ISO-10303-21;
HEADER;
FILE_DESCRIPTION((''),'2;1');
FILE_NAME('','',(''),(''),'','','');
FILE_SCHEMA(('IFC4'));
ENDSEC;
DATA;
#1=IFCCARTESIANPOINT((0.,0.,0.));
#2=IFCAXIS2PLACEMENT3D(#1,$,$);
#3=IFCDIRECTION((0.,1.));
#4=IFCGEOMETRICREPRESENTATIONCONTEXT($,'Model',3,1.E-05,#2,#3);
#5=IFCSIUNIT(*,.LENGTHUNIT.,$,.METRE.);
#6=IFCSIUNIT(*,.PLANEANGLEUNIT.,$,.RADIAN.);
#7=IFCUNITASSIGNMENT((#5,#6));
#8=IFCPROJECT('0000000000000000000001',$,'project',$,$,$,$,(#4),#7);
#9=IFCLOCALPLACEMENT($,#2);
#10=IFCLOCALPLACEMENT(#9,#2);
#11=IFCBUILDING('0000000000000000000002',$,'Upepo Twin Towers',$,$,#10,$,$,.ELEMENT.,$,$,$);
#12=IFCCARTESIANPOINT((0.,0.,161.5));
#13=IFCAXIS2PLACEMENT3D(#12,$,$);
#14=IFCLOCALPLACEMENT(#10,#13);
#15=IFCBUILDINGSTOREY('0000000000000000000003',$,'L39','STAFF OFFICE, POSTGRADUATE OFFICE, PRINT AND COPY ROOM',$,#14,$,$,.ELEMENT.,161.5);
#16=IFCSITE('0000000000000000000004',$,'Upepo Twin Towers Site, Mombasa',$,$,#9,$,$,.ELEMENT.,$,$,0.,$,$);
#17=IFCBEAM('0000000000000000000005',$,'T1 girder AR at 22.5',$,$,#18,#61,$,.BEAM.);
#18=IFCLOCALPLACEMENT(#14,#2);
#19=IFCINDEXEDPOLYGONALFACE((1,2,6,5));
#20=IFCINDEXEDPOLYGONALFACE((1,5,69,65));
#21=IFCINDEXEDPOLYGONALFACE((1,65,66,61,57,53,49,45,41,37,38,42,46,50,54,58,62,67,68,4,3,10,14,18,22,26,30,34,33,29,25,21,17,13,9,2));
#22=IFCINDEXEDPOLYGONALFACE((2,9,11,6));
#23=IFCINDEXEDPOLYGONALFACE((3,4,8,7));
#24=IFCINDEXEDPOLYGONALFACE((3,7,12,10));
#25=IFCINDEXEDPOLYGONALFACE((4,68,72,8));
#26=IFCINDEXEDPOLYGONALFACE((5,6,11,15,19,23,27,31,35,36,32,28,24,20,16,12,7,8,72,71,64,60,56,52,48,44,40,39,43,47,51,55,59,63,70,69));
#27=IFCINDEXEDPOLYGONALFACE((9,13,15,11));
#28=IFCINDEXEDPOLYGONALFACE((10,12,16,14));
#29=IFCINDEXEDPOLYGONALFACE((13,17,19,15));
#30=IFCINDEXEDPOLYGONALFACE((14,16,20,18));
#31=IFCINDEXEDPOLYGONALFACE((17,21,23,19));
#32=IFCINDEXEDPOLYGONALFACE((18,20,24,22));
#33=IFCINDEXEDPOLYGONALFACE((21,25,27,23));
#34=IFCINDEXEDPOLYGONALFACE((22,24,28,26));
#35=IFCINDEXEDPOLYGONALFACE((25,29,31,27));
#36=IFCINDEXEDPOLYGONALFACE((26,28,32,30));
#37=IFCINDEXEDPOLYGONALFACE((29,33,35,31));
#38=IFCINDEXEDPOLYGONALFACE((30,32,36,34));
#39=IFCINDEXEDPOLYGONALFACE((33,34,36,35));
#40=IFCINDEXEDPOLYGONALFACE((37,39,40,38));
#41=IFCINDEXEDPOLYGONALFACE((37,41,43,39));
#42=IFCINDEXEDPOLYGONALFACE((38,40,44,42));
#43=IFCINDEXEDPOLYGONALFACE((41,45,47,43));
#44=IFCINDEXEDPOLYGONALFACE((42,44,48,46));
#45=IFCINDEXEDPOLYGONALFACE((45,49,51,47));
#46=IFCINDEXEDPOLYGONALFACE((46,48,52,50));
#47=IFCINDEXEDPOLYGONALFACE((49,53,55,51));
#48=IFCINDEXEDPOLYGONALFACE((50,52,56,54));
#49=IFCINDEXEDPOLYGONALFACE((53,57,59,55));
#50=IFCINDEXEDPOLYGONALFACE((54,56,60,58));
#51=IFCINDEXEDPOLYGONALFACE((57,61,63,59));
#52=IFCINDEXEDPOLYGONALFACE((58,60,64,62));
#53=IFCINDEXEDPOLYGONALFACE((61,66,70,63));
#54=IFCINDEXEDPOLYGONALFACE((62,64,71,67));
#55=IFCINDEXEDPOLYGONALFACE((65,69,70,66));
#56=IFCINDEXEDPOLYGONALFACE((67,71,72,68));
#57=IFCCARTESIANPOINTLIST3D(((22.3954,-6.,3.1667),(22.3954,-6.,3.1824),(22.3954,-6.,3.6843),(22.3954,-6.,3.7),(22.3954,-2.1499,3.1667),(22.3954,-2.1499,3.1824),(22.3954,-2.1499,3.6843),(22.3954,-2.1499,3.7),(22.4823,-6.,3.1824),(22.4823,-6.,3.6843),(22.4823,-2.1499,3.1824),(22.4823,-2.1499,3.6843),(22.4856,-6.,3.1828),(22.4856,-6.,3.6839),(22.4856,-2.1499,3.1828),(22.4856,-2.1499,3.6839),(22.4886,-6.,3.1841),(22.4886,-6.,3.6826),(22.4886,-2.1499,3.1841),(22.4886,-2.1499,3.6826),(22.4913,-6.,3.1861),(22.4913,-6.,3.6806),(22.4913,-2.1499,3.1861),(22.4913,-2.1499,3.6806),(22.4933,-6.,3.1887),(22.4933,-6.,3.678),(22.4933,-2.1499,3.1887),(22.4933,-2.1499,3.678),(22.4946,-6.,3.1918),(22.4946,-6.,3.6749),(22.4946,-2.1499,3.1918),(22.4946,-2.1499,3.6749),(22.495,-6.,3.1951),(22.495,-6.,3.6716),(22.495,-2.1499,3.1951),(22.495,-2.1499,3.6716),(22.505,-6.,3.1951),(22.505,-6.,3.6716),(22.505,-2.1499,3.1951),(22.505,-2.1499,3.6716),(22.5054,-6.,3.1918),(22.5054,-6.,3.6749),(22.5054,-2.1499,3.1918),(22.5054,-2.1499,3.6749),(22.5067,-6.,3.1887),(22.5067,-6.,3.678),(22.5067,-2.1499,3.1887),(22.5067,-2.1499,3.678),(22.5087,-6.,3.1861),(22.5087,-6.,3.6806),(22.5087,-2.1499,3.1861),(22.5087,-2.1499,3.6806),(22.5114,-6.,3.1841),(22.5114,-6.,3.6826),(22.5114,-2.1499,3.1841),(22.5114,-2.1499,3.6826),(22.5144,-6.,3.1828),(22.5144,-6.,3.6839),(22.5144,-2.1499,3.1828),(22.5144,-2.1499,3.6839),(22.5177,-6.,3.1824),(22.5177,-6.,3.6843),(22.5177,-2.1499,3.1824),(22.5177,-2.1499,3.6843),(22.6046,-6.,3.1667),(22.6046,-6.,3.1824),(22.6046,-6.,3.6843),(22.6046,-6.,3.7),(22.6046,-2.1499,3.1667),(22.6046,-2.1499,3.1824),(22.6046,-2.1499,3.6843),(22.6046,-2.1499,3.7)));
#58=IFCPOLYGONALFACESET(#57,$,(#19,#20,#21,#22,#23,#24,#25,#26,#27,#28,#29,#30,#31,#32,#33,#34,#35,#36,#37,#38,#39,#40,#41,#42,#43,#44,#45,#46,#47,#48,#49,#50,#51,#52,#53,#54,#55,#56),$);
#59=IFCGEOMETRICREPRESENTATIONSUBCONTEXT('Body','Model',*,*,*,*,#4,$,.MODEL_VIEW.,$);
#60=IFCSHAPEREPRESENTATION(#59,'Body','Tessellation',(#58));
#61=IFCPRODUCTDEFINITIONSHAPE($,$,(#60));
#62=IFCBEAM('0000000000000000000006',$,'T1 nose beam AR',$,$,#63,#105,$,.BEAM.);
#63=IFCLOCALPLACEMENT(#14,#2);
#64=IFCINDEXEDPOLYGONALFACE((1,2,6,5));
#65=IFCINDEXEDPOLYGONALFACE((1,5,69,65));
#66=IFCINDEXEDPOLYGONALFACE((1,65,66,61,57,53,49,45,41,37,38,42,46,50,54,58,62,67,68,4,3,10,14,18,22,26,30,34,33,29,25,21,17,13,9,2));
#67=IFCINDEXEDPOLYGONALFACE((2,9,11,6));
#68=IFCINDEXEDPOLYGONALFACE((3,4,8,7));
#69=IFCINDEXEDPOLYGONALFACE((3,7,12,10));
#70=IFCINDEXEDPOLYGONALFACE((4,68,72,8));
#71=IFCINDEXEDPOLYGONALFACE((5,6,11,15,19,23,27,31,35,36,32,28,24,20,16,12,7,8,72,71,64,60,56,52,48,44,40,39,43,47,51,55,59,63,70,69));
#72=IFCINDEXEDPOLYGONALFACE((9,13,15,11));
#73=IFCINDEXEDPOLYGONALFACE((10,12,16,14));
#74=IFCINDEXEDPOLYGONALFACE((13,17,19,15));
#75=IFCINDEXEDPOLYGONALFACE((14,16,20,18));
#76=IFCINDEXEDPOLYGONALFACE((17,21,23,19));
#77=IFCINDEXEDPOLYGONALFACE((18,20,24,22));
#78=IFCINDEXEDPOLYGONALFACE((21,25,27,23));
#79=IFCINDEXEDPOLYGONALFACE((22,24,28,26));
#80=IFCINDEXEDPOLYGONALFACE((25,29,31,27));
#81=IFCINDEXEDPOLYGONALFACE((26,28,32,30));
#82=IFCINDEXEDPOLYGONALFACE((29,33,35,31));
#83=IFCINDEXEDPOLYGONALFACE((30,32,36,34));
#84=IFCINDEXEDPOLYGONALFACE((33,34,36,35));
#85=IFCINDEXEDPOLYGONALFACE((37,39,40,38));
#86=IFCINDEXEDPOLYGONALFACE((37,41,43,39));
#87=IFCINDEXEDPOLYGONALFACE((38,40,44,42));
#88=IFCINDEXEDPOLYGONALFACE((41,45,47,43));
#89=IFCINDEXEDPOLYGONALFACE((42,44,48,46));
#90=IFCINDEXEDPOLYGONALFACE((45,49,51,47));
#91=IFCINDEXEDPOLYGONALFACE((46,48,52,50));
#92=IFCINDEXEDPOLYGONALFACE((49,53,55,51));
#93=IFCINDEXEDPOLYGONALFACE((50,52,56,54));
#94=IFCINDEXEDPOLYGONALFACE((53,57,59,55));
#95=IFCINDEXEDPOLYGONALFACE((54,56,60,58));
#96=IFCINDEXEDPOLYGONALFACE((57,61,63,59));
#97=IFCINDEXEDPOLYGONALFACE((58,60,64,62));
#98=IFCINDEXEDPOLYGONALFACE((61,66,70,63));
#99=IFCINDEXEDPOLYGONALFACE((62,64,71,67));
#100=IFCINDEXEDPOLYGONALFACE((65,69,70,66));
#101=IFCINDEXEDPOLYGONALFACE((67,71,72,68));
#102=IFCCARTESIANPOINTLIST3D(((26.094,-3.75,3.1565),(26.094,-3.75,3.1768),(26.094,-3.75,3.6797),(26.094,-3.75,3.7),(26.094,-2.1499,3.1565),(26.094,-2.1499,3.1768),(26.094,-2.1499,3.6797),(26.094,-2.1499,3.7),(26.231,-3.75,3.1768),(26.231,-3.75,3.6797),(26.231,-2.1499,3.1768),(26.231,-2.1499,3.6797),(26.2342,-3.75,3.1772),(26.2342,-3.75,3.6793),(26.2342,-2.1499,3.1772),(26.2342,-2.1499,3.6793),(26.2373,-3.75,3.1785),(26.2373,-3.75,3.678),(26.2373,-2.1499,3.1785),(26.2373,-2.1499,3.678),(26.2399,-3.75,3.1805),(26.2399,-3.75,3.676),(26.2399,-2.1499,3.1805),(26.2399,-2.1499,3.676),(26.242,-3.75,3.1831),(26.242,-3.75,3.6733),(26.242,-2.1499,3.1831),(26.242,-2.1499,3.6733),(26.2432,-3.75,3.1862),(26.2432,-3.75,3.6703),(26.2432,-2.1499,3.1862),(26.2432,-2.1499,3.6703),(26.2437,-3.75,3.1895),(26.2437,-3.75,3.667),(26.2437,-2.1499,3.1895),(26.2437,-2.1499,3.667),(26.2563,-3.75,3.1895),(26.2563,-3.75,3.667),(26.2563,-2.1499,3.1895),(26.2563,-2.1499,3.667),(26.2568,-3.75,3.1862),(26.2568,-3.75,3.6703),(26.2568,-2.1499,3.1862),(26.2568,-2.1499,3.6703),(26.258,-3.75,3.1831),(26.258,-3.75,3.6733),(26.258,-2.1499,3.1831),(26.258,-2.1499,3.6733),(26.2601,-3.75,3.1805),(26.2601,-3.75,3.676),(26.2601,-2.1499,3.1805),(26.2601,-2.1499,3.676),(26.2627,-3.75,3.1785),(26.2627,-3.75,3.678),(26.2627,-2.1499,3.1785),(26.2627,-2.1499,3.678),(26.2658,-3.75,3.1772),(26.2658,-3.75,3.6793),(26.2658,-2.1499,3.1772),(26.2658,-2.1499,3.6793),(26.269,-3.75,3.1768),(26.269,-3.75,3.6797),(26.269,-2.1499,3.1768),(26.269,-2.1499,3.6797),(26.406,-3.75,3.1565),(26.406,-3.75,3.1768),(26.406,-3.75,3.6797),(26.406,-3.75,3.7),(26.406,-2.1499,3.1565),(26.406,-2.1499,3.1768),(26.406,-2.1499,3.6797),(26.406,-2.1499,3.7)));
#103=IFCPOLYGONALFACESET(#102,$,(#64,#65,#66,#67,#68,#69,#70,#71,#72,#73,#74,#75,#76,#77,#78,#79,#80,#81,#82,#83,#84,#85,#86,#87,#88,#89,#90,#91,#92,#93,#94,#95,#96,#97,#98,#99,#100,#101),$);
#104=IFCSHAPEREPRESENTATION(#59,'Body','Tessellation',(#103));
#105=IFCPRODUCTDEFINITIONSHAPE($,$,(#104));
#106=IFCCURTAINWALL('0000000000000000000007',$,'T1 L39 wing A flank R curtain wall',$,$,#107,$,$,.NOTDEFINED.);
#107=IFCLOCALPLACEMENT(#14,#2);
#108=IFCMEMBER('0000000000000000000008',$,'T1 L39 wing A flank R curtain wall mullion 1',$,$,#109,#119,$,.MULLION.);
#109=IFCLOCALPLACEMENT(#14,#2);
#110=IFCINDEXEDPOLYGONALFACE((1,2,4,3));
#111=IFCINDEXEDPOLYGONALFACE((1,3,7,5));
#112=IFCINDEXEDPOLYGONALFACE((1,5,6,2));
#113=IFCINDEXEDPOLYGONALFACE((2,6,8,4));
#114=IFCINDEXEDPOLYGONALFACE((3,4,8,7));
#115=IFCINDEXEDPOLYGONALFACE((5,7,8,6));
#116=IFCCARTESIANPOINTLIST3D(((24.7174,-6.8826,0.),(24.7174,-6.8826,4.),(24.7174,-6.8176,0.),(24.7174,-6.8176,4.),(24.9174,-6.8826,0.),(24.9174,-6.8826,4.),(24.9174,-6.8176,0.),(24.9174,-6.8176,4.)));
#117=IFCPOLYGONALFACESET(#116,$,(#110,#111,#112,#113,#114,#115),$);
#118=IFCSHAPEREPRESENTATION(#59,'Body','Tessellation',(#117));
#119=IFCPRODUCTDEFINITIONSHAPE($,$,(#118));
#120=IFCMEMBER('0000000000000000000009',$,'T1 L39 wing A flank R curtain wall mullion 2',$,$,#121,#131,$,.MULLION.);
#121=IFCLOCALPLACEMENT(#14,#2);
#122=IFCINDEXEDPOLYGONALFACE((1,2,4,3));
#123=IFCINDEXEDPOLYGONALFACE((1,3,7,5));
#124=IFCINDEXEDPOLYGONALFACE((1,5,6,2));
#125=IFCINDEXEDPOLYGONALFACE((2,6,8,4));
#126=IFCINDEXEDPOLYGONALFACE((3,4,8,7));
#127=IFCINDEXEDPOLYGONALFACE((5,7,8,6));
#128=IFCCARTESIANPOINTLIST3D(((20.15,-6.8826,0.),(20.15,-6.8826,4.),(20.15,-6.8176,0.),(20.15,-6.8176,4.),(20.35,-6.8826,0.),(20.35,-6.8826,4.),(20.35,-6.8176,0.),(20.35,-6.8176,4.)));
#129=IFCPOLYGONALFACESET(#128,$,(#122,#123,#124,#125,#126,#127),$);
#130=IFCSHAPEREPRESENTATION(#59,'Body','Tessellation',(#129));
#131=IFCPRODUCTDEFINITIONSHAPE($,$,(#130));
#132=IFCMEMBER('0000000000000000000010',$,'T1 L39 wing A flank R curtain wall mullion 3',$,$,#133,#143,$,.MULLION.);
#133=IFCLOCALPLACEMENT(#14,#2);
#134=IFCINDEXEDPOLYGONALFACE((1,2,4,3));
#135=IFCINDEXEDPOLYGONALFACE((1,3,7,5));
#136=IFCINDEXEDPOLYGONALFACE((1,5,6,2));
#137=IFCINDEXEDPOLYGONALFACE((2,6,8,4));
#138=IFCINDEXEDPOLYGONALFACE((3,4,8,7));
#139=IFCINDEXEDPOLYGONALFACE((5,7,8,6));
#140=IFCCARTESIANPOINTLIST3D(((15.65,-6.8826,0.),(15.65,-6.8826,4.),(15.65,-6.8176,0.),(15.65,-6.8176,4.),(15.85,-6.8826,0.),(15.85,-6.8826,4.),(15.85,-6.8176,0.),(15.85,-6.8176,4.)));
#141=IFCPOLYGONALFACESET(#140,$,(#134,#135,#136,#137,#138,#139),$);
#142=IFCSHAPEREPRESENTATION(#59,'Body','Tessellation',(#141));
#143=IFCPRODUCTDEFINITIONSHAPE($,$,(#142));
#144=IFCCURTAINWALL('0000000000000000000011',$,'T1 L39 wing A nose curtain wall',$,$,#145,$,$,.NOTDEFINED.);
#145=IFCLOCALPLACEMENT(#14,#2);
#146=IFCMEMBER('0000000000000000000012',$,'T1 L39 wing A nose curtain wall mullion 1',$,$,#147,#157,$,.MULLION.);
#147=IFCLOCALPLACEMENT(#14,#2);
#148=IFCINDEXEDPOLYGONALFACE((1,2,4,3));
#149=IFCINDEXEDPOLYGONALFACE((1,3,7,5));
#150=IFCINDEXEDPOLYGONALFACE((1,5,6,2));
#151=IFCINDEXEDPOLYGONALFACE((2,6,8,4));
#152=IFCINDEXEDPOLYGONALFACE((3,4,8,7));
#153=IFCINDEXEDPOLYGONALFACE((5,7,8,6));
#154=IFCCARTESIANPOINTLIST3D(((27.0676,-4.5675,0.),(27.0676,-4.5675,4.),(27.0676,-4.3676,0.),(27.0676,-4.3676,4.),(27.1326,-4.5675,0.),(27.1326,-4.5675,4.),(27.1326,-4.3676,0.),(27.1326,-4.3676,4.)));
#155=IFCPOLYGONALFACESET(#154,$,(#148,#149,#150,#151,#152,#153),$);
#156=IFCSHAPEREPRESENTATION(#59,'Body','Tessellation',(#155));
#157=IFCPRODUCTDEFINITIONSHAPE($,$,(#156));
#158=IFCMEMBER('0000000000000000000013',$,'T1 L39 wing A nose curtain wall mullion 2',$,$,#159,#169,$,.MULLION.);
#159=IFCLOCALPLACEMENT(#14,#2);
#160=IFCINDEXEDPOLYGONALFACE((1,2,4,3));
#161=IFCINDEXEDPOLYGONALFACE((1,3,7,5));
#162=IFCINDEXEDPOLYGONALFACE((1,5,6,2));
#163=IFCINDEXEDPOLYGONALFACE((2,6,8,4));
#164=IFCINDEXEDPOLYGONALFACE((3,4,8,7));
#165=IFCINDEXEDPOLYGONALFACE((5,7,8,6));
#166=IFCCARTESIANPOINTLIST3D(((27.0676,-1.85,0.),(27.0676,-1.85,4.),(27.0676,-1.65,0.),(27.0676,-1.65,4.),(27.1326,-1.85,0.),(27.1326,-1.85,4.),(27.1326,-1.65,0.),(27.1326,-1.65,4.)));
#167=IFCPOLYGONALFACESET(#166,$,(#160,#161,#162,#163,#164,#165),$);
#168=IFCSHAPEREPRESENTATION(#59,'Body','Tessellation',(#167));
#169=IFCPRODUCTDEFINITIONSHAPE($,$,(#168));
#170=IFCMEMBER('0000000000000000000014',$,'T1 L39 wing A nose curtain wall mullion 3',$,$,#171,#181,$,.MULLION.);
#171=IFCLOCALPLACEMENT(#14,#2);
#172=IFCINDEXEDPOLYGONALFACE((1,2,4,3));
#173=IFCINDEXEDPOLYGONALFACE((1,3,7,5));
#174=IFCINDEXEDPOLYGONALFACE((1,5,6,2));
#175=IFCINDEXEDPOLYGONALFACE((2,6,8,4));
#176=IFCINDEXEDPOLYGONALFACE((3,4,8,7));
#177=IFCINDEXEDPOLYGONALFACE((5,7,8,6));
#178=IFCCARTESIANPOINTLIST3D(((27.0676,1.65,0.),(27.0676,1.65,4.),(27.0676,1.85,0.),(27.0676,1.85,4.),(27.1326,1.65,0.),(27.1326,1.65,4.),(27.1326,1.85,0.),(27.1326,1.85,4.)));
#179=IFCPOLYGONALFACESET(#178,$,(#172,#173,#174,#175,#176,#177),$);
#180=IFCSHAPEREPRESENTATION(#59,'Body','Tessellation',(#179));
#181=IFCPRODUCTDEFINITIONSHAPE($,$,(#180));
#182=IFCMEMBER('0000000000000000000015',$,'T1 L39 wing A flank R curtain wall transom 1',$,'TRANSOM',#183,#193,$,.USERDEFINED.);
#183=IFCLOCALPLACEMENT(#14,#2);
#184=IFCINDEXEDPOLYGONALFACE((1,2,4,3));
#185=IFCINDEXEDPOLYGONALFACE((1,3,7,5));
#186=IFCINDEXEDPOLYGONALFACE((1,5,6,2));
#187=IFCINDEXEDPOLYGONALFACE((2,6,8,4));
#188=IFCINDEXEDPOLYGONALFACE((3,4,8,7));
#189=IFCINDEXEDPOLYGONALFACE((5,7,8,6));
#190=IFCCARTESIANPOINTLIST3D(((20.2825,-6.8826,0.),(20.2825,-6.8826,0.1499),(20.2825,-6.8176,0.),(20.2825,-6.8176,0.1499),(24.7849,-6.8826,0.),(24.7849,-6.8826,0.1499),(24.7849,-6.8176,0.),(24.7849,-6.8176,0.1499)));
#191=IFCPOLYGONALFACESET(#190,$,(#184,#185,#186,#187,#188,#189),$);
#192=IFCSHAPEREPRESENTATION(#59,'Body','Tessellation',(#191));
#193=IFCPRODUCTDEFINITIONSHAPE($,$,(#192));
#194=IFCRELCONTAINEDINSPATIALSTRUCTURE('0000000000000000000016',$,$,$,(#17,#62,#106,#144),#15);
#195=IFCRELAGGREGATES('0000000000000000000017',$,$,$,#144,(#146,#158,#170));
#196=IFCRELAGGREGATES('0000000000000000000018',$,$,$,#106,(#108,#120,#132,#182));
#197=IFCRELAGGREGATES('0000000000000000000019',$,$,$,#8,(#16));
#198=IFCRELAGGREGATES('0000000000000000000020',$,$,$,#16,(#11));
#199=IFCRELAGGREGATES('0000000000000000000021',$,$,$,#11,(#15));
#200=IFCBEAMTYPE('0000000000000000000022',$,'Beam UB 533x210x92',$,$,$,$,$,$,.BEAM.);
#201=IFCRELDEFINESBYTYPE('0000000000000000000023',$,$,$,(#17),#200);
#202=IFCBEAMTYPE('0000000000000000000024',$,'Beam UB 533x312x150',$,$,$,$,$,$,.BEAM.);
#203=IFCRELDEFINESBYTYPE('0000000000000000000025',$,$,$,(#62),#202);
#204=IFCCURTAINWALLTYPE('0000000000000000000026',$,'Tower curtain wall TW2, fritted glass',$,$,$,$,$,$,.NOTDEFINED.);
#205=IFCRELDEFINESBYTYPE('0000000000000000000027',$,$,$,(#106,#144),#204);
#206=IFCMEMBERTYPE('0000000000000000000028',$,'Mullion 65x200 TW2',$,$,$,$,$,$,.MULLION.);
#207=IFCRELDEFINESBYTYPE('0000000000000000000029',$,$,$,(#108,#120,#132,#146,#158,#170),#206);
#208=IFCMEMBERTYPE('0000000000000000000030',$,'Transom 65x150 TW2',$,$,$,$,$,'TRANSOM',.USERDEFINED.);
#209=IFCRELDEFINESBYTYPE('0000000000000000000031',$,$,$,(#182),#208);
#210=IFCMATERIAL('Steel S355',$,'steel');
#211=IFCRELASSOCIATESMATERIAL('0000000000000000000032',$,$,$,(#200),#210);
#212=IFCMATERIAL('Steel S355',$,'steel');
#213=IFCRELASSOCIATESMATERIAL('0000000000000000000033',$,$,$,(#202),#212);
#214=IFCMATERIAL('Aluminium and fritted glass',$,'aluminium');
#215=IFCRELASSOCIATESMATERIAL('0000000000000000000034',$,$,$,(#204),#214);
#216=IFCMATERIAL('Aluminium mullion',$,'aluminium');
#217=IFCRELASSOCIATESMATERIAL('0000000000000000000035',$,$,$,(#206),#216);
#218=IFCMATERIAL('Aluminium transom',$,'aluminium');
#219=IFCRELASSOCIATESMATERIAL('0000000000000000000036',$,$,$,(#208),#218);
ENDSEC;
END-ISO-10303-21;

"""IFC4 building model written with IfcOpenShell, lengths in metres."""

from ifc_helpers import new_model, si_unit, direction, frame, origin, origin_2d, place, context, subcontext, project, spatial, rectangle, i_section, extrude, material, material_profile, profile_set, type_object, element, aggregate, save


model = new_model("IFC4")

# Units and contexts
model_context = context("Model", 3, precision=1e-05, world=origin(), true_north=direction((0.0, 1.0)))
body_context = subcontext(model_context, "Body", "Model", "MODEL_VIEW")
ifc_project = project(units=[si_unit("LENGTHUNIT", "METRE"), si_unit("PLANEANGLEUNIT", "RADIAN")], contexts=[model_context])

# Site, building, storey
site_placement = place(None, origin())
site = spatial("IfcSite", under=ifc_project, at=site_placement, Name="Upepo Twin Towers Site, Mombasa", CompositionType="ELEMENT", RefElevation=0.0)
building_placement = place(site_placement, origin())
building = spatial("IfcBuilding", under=site, at=building_placement, Name="Upepo Twin Towers", CompositionType="ELEMENT")
storey_placement = place(building_placement, frame((0.0, 0.0, 161.5)))
storey = spatial("IfcBuildingStorey", under=building, at=storey_placement, Name="L39", Description="STAFF OFFICE, POSTGRADUATE OFFICE, PRINT AND COPY ROOM", CompositionType="ELEMENT", Elevation=161.5)

# Beams
ifc_material_1 = material(Name="Steel S355", Category="steel")
ifc_material_profile_1 = material_profile(ifc_material_1, i_section(OverallWidth=0.2092, OverallDepth=0.5332, WebThickness=0.01, FlangeThickness=0.0156, FilletRadius=0.0127, at=origin_2d()), Name="UB 533x210x92")
ifc_profile_set_1 = profile_set([ifc_material_profile_1], Name="Steel S355")
beam_type_1 = type_object("IfcBeamType", Name="Beam UB 533x210x92", PredefinedType="BEAM", material=ifc_profile_set_1)
for number, where, z_axis, x_axis, name in (
    (1, (22.5, -6.0, 3.4333), (0.0, 1.0, 0.0), (-1.0, 0.0, 0.0), "T1 girder AR at 22.5"),
):
    element("IfcBeam", number, at=place(storey_placement, frame(where, z_axis=z_axis, x_axis=x_axis)), inside=storey, type_object=beam_type_1, Name=name, PredefinedType="BEAM", context=body_context, shape_type="SweptSolid", body=[
        extrude(i_section(OverallWidth=0.2092, OverallDepth=0.5332, WebThickness=0.01, FlangeThickness=0.0156, FilletRadius=0.0127, at=origin_2d()), origin(), (0.0, 0.0, 1.0), 3.8501),
    ])
ifc_material_2 = material(Name="Steel S355", Category="steel")
ifc_material_profile_2 = material_profile(ifc_material_2, i_section(OverallWidth=0.312, OverallDepth=0.5435, WebThickness=0.0127, FlangeThickness=0.0203, FilletRadius=0.0127, at=origin_2d()), Name="UB 533x312x150")
ifc_profile_set_2 = profile_set([ifc_material_profile_2], Name="Steel S355")
beam_type_2 = type_object("IfcBeamType", Name="Beam UB 533x312x150", PredefinedType="BEAM", material=ifc_profile_set_2)
beam_1_placement = place(storey_placement, frame((26.25, -3.75, 3.4282), z_axis=(0.0, 1.0, 0.0), x_axis=(-1.0, 0.0, 0.0)))
element("IfcBeam", 2, at=beam_1_placement, inside=storey, type_object=beam_type_2, Name="T1 nose beam AR", PredefinedType="BEAM", context=body_context, shape_type="SweptSolid", body=[
    extrude(i_section(OverallWidth=0.312, OverallDepth=0.5435, WebThickness=0.0127, FlangeThickness=0.0203, FilletRadius=0.0127, at=origin_2d()), origin(), (0.0, 0.0, 1.0), 1.6001),
])

# Curtain walls, members
ifc_material_3 = material(Name="Aluminium and fritted glass", Category="aluminium")
curtain_wall_type = type_object("IfcCurtainWallType", Name="Tower curtain wall TW2, fritted glass", PredefinedType="NOTDEFINED", material=ifc_material_3)
curtain_wall_1_placement = place(storey_placement, origin())
curtain_wall_1 = element("IfcCurtainWall", 3, at=curtain_wall_1_placement, inside=storey, type_object=curtain_wall_type, Name="T1 L39 wing A flank R curtain wall", PredefinedType="NOTDEFINED")
ifc_material_4 = material(Name="Aluminium mullion", Category="aluminium")
ifc_material_profile_3 = material_profile(ifc_material_4, rectangle(XDim=0.0649, YDim=0.2, at=origin_2d()), Name="MULLION 65x200")
ifc_profile_set_3 = profile_set([ifc_material_profile_3], Name="Aluminium mullion")
member_type_1 = type_object("IfcMemberType", Name="Mullion 65x200 TW2", PredefinedType="MULLION", material=ifc_profile_set_3)
member_1_placement = place(storey_placement, frame((24.8174, -6.8501, 0.0), z_axis=(0.0, 0.0, 1.0), x_axis=(0.0, -1.0, 0.0)))
member_1 = element("IfcMember", 4, at=member_1_placement, type_object=member_type_1, Name="T1 L39 wing A flank R curtain wall mullion 1", PredefinedType="MULLION", context=body_context, shape_type="SweptSolid", body=[
    extrude(rectangle(XDim=0.0649, YDim=0.2, at=origin_2d()), origin(), (0.0, 0.0, 1.0), 4.0),
])
member_2_placement = place(storey_placement, frame((20.25, -6.8501, 0.0), z_axis=(0.0, 0.0, 1.0), x_axis=(0.0, -1.0, 0.0)))
member_2 = element("IfcMember", 5, at=member_2_placement, type_object=member_type_1, Name="T1 L39 wing A flank R curtain wall mullion 2", PredefinedType="MULLION", context=body_context, shape_type="SweptSolid", body=[
    extrude(rectangle(XDim=0.0649, YDim=0.2, at=origin_2d()), origin(), (0.0, 0.0, 1.0), 4.0),
])
member_3_placement = place(storey_placement, frame((15.75, -6.8501, 0.0), z_axis=(0.0, 0.0, 1.0), x_axis=(0.0, -1.0, 0.0)))
member_3 = element("IfcMember", 6, at=member_3_placement, type_object=member_type_1, Name="T1 L39 wing A flank R curtain wall mullion 3", PredefinedType="MULLION", context=body_context, shape_type="SweptSolid", body=[
    extrude(rectangle(XDim=0.0649, YDim=0.2, at=origin_2d()), origin(), (0.0, 0.0, 1.0), 4.0),
])
curtain_wall_2_placement = place(storey_placement, origin())
curtain_wall_2 = element("IfcCurtainWall", 7, at=curtain_wall_2_placement, inside=storey, type_object=curtain_wall_type, Name="T1 L39 wing A nose curtain wall", PredefinedType="NOTDEFINED")
member_4_placement = place(storey_placement, frame((27.1001, -4.4675, 0.0), z_axis=(0.0, 0.0, 1.0), x_axis=(-1.0, 0.0, 0.0)))
member_4 = element("IfcMember", 8, at=member_4_placement, type_object=member_type_1, Name="T1 L39 wing A nose curtain wall mullion 1", PredefinedType="MULLION", context=body_context, shape_type="SweptSolid", body=[
    extrude(rectangle(XDim=0.0649, YDim=0.2, at=origin_2d()), origin(), (0.0, 0.0, 1.0), 4.0),
])
member_5_placement = place(storey_placement, frame((27.1001, -1.75, 0.0), z_axis=(0.0, 0.0, 1.0), x_axis=(-1.0, 0.0, 0.0)))
member_5 = element("IfcMember", 9, at=member_5_placement, type_object=member_type_1, Name="T1 L39 wing A nose curtain wall mullion 2", PredefinedType="MULLION", context=body_context, shape_type="SweptSolid", body=[
    extrude(rectangle(XDim=0.0649, YDim=0.2, at=origin_2d()), origin(), (0.0, 0.0, 1.0), 4.0),
])
member_6_placement = place(storey_placement, frame((27.1001, 1.75, 0.0), z_axis=(0.0, 0.0, 1.0), x_axis=(-1.0, 0.0, 0.0)))
member_6 = element("IfcMember", 10, at=member_6_placement, type_object=member_type_1, Name="T1 L39 wing A nose curtain wall mullion 3", PredefinedType="MULLION", context=body_context, shape_type="SweptSolid", body=[
    extrude(rectangle(XDim=0.0649, YDim=0.2, at=origin_2d()), origin(), (0.0, 0.0, 1.0), 4.0),
])
aggregate(curtain_wall_2, [member_4, member_5, member_6])

# Member
ifc_material_5 = material(Name="Aluminium transom", Category="aluminium")
ifc_material_profile_4 = material_profile(ifc_material_5, rectangle(XDim=0.0649, YDim=0.1499, at=origin_2d()), Name="TRANSOM 65x150")
ifc_profile_set_4 = profile_set([ifc_material_profile_4], Name="Aluminium transom")
member_type_2 = type_object("IfcMemberType", Name="Transom 65x150 TW2", ElementType="TRANSOM", PredefinedType="USERDEFINED", material=ifc_profile_set_4)
member_7_placement = place(storey_placement, frame((24.7849, -6.8501, 0.075), z_axis=(-1.0, 0.0, 0.0), x_axis=(0.0, -1.0, 0.0)))
member_7 = element("IfcMember", 11, at=member_7_placement, type_object=member_type_2, Name="T1 L39 wing A flank R curtain wall transom 1", ObjectType="TRANSOM", PredefinedType="USERDEFINED", context=body_context, shape_type="SweptSolid", body=[
    extrude(rectangle(XDim=0.0649, YDim=0.1499, at=origin_2d()), origin(), (0.0, 0.0, 1.0), 4.5024),
])

aggregate(curtain_wall_1, [member_1, member_2, member_3, member_7])

save(model, "model.ifc")
